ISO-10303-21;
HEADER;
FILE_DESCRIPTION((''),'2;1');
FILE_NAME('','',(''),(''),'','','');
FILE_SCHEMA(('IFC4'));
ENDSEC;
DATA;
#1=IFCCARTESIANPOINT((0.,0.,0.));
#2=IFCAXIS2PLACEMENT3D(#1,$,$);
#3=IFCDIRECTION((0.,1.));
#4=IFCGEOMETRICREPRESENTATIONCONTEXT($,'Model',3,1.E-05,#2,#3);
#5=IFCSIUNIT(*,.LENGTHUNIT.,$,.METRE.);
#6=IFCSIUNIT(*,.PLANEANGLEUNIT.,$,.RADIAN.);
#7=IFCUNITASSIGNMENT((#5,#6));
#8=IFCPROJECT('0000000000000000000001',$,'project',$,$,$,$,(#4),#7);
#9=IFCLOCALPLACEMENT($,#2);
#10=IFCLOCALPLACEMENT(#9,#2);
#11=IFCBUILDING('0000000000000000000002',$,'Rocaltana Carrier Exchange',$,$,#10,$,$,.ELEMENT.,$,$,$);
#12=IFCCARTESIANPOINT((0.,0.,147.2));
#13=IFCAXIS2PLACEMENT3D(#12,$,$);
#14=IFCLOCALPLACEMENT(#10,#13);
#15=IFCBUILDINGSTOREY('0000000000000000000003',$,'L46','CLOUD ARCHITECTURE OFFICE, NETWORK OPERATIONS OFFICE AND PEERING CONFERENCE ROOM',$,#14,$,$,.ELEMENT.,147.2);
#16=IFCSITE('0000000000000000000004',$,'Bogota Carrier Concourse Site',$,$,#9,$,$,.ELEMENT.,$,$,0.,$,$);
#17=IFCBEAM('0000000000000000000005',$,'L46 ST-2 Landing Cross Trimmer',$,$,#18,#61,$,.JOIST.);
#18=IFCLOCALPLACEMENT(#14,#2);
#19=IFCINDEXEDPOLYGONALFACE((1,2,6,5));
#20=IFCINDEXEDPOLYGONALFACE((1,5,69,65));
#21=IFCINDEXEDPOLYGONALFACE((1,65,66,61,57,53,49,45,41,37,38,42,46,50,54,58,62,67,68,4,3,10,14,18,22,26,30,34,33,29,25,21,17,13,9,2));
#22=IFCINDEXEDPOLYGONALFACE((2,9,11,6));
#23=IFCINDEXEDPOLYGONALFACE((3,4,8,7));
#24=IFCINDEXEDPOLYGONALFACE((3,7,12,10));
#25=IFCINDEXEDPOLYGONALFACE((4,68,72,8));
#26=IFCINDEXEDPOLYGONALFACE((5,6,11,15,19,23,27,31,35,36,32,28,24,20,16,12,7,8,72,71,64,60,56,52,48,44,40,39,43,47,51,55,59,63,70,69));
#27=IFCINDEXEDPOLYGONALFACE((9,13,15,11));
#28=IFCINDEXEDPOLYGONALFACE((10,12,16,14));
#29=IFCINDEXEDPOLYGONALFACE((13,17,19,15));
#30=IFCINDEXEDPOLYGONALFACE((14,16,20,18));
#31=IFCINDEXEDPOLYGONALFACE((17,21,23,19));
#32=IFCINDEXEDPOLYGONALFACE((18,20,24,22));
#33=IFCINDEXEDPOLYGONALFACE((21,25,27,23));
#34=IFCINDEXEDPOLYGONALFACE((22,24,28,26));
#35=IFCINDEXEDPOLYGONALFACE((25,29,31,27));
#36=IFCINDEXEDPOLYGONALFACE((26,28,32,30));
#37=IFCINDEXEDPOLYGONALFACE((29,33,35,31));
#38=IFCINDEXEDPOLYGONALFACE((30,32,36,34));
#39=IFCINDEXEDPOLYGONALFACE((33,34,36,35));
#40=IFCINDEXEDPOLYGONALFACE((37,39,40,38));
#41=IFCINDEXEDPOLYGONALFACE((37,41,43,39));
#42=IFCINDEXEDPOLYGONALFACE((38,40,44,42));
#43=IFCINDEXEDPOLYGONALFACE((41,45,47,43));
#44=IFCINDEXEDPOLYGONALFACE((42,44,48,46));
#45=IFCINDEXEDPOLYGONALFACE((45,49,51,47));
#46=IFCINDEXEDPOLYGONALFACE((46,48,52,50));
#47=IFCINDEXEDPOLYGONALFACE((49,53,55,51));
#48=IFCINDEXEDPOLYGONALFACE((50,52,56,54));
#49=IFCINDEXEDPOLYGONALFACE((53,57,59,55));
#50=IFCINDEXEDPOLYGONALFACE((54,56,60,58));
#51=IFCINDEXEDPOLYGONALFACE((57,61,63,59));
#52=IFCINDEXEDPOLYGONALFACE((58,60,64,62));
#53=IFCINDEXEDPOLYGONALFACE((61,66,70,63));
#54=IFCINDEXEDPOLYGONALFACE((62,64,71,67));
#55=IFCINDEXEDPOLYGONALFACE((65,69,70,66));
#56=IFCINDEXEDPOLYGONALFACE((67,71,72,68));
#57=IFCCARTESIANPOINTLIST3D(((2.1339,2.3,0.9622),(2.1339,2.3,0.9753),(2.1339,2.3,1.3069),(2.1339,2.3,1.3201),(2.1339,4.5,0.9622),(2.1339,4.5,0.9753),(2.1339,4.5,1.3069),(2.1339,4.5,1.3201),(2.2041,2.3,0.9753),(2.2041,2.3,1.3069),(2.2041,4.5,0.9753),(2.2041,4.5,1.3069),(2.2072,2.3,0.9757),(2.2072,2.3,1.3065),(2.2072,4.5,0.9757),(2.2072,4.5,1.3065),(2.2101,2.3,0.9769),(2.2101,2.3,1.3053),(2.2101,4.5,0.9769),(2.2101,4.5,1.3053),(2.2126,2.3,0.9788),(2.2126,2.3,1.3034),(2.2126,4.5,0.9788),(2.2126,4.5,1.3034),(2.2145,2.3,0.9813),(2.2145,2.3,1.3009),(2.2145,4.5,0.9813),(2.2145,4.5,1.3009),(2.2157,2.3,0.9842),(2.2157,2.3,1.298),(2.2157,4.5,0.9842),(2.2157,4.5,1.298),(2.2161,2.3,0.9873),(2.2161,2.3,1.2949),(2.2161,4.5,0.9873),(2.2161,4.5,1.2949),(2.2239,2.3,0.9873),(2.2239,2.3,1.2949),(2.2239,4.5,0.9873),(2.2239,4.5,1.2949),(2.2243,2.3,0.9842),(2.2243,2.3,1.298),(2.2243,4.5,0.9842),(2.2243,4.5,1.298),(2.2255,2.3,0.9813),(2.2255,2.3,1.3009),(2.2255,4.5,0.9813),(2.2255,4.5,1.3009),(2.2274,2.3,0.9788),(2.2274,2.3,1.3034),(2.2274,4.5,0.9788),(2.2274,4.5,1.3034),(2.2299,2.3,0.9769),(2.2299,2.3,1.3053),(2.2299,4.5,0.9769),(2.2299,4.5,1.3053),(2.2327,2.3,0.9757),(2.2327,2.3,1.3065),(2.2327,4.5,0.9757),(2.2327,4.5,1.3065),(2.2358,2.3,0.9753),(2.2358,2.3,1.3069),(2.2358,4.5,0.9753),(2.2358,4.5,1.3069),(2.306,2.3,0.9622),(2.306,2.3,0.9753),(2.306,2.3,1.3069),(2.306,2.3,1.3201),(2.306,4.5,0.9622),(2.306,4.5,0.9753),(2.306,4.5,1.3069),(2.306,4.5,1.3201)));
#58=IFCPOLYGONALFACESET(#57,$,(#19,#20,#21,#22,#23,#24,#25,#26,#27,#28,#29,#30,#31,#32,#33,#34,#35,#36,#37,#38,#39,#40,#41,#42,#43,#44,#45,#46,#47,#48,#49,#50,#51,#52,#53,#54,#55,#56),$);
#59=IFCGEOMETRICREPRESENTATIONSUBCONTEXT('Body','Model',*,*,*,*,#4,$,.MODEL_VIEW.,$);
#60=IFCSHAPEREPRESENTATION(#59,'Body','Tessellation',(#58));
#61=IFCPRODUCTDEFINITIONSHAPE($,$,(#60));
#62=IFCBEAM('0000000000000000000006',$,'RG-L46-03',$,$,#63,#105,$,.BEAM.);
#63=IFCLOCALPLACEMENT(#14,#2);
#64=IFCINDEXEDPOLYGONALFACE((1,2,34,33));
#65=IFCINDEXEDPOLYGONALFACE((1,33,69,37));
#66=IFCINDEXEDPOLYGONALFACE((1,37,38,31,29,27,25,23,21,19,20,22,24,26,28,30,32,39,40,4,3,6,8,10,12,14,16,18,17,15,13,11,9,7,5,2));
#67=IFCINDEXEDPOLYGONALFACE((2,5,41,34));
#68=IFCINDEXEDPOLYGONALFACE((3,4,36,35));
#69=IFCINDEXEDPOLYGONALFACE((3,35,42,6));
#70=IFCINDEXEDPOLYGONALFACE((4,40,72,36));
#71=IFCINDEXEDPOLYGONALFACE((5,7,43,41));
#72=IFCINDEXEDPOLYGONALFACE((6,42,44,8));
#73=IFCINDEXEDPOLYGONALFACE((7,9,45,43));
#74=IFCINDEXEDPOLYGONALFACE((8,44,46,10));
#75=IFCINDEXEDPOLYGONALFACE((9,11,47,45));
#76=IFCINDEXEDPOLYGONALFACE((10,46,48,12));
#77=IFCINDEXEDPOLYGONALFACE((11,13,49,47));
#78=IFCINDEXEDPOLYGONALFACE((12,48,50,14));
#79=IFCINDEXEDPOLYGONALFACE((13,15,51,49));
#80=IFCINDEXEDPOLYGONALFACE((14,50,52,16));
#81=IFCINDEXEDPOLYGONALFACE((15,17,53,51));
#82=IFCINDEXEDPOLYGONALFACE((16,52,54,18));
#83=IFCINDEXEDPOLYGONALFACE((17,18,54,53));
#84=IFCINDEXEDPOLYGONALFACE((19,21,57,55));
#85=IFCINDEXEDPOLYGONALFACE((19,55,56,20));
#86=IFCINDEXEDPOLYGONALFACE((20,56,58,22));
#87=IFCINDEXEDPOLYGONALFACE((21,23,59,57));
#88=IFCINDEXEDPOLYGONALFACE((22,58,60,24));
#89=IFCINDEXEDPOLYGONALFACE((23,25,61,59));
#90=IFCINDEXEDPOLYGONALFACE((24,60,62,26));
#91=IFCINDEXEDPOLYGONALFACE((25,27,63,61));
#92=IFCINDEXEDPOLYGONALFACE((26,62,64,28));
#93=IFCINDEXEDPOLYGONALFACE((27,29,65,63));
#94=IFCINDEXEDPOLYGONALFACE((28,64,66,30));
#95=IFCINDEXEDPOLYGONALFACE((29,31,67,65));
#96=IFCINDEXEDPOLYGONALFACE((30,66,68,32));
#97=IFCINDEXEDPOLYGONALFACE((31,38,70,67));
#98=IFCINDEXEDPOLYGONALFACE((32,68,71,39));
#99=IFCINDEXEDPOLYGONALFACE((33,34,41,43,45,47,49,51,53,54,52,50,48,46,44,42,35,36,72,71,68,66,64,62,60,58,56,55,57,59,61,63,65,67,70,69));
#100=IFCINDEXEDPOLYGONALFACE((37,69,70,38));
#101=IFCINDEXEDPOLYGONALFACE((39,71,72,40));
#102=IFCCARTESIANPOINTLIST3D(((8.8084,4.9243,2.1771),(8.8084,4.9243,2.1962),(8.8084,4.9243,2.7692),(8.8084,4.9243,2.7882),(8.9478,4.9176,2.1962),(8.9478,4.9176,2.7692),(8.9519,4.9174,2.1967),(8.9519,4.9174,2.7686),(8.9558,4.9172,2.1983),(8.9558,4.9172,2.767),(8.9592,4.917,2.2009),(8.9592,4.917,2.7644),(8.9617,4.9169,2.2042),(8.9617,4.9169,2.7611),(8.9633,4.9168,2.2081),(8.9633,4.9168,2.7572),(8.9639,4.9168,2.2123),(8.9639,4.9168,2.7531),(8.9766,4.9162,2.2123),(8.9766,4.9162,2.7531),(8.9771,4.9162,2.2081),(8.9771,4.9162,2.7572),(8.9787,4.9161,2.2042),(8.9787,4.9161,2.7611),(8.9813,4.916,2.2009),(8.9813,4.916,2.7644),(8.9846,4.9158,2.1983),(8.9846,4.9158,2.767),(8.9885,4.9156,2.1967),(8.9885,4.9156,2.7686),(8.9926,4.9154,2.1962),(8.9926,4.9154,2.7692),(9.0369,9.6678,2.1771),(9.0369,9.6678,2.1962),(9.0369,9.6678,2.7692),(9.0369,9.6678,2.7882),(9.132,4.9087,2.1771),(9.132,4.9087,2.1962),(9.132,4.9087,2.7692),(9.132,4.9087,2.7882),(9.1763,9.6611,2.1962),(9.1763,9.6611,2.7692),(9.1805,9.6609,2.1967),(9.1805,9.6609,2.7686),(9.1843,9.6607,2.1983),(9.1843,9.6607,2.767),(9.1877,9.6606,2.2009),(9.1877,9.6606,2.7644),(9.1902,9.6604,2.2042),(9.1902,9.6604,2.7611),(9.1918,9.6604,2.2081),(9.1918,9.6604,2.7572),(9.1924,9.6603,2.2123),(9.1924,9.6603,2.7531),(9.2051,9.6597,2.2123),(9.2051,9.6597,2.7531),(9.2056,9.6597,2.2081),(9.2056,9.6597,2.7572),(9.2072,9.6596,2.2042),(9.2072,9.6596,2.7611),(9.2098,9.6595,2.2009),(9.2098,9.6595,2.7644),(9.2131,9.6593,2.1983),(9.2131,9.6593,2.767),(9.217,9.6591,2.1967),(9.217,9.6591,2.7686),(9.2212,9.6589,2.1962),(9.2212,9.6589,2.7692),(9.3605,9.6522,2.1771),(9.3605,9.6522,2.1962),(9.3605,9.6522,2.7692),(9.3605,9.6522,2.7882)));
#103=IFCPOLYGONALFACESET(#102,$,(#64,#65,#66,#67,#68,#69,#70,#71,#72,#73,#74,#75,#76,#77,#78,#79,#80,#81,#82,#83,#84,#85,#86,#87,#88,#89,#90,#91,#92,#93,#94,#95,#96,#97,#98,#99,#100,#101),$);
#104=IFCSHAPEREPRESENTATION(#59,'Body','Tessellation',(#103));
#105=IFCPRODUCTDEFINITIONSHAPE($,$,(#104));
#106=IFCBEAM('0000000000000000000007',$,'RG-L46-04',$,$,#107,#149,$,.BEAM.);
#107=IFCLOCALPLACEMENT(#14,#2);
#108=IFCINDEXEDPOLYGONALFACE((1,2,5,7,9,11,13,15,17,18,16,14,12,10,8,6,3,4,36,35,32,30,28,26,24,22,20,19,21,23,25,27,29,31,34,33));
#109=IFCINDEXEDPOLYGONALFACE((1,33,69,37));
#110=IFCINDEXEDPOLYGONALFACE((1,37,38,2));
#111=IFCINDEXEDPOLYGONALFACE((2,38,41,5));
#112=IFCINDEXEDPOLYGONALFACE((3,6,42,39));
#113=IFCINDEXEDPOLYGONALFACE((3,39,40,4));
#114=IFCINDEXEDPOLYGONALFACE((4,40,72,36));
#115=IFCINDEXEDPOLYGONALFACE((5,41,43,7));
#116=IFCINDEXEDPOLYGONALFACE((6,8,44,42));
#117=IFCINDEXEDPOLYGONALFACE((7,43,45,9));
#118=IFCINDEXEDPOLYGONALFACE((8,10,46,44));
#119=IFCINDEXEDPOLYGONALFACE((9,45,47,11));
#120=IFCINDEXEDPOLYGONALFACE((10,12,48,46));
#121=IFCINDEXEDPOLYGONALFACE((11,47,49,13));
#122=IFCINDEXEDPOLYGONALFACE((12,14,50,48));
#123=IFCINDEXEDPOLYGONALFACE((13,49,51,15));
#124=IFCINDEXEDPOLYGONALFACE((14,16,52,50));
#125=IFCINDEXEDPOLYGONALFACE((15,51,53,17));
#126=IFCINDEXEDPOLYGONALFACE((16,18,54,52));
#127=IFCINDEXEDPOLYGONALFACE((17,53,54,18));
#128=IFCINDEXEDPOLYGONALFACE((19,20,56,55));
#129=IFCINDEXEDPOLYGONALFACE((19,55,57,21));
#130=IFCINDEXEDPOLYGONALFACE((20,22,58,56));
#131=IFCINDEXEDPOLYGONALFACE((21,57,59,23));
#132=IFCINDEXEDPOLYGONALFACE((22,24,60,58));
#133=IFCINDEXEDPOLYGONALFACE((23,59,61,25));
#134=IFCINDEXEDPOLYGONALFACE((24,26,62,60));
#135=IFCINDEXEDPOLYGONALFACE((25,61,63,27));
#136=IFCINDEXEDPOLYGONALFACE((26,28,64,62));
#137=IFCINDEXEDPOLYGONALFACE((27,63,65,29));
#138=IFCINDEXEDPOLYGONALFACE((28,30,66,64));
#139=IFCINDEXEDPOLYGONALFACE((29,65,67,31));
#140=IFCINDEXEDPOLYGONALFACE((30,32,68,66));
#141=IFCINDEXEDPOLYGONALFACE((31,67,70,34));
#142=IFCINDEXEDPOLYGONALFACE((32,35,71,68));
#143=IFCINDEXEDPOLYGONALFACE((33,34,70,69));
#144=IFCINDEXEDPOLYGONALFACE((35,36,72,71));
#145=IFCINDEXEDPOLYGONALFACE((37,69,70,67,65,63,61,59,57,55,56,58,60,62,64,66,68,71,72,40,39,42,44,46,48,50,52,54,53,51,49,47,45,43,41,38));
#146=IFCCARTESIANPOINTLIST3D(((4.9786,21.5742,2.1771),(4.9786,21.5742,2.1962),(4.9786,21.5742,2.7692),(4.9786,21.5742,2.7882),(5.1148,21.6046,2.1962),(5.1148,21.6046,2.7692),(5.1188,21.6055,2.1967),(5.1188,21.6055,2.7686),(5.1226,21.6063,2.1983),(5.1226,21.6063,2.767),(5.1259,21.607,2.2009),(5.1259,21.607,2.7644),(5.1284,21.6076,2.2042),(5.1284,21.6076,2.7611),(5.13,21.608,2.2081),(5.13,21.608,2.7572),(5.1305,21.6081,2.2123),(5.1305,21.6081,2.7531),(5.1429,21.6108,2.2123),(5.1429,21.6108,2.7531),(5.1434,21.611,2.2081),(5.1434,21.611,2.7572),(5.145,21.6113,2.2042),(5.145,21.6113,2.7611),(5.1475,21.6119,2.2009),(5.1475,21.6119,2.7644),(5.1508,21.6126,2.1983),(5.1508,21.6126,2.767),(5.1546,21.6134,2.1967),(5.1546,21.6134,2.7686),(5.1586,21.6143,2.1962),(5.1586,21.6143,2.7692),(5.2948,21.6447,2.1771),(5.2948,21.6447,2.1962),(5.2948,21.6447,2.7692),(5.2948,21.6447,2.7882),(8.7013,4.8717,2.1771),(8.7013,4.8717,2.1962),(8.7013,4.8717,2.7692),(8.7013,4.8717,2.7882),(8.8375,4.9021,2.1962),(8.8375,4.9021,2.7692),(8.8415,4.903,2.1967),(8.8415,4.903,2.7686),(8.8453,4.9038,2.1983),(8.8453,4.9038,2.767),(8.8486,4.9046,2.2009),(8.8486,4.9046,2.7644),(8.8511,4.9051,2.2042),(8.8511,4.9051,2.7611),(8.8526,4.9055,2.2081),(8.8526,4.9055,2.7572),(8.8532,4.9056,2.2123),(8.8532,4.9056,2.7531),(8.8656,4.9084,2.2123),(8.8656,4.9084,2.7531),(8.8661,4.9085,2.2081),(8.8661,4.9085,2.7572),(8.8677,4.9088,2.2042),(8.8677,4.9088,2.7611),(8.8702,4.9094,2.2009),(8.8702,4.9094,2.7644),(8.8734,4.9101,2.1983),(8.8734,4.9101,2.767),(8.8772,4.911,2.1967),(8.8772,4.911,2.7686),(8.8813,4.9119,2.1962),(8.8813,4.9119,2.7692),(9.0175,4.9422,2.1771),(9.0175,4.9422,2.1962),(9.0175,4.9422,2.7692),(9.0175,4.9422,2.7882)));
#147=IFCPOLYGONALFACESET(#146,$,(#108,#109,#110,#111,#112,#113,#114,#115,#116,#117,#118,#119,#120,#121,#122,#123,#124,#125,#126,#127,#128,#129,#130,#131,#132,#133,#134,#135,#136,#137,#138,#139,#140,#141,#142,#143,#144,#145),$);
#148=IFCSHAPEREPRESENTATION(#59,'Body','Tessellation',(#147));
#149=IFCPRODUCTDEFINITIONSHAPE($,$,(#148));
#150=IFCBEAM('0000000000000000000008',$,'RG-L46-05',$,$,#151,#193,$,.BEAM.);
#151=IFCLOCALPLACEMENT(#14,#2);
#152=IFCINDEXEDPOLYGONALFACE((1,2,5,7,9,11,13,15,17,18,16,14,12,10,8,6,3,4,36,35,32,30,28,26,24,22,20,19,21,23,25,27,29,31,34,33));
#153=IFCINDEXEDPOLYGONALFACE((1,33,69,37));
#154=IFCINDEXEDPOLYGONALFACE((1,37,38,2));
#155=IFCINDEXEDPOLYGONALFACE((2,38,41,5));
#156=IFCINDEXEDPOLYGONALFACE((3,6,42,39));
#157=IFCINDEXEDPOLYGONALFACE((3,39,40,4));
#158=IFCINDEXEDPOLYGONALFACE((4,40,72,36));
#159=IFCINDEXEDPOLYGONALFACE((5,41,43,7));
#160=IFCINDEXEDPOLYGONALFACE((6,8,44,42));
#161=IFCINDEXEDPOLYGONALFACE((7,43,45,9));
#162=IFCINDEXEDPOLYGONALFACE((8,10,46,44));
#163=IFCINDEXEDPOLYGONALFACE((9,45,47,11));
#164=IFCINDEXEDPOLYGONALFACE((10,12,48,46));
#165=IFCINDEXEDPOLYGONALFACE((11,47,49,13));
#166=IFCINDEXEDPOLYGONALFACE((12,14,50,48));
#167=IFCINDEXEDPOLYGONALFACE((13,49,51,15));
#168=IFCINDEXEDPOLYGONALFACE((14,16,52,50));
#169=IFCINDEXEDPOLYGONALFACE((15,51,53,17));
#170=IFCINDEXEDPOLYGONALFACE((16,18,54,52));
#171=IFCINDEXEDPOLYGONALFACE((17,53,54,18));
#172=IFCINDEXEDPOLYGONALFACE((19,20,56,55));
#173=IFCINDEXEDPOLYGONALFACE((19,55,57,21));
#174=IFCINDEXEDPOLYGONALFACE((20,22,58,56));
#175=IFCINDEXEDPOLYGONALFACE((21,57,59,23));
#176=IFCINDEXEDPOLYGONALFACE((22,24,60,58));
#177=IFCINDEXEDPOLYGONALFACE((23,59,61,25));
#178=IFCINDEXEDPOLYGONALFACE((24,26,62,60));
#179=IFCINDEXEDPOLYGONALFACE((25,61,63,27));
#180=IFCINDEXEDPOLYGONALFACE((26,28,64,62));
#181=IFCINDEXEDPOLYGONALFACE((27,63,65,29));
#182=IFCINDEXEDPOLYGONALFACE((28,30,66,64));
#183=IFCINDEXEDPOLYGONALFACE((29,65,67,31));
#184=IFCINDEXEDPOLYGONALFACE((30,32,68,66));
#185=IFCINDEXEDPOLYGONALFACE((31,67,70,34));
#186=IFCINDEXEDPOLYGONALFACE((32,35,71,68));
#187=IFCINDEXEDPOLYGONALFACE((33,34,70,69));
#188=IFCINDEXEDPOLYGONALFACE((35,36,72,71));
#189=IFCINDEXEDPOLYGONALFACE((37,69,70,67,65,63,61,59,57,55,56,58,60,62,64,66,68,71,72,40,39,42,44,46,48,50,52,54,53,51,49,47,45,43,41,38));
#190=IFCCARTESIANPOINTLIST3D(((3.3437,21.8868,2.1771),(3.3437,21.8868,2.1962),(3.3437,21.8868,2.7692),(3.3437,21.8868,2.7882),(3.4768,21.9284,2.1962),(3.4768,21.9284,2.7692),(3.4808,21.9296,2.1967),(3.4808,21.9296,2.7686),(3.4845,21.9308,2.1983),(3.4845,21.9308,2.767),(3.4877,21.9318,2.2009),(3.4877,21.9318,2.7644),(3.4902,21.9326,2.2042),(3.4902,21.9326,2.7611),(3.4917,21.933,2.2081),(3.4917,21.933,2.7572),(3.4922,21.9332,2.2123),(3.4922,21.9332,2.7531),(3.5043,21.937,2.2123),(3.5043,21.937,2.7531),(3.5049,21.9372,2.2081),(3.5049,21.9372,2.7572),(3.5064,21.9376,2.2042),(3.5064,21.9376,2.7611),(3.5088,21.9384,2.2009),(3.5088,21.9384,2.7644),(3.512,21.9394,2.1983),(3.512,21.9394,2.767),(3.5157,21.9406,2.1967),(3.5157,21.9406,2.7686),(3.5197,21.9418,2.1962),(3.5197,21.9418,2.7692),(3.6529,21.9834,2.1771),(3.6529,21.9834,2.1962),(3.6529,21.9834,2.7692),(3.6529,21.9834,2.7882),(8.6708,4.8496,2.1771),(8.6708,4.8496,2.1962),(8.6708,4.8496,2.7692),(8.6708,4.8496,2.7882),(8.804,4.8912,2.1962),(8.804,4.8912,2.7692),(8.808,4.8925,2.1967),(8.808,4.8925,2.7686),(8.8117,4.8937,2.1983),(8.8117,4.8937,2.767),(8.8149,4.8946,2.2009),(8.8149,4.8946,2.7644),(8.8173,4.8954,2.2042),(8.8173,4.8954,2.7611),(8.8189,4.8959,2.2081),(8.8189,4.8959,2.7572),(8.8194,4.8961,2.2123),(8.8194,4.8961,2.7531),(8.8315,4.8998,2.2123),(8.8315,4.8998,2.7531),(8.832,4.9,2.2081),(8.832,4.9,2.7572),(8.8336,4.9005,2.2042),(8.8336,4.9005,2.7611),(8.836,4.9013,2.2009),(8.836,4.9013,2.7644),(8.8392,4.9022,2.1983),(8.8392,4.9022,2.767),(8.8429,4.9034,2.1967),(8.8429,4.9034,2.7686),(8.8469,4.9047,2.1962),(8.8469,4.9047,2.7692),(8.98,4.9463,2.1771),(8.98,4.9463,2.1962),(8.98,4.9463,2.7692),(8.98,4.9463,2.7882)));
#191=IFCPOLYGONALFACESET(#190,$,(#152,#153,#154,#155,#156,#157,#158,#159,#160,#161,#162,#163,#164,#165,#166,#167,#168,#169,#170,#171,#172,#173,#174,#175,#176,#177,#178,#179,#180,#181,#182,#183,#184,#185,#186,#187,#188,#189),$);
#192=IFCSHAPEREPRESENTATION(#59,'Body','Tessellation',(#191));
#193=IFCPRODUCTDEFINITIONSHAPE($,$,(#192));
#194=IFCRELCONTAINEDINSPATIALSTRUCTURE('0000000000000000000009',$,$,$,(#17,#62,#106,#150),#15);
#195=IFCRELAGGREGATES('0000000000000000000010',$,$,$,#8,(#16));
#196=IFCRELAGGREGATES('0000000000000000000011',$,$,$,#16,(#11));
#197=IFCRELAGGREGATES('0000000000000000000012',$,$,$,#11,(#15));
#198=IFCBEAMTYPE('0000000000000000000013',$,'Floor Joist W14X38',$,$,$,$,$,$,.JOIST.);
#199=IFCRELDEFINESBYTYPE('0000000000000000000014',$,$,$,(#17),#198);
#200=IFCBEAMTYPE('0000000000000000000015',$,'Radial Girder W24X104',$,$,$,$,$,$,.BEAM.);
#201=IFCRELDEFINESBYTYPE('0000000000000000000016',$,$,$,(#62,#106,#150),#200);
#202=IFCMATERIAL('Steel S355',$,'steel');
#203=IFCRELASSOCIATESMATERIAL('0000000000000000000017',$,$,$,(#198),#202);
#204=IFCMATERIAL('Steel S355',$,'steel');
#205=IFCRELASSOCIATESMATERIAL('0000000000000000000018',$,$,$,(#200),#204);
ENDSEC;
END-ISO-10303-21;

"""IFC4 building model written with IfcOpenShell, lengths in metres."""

from ifc_helpers import new_model, si_unit, direction, frame, origin, origin_2d, place, context, subcontext, project, spatial, i_section, extrude, material, material_profile, profile_set, type_object, element, save


model = new_model("IFC4")

# Units and contexts
model_context = context("Model", 3, precision=1e-05, world=origin(), true_north=direction((0.0, 1.0)))
body_context = subcontext(model_context, "Body", "Model", "MODEL_VIEW")
ifc_project = project(units=[si_unit("LENGTHUNIT", "METRE"), si_unit("PLANEANGLEUNIT", "RADIAN")], contexts=[model_context])

# Site, building, storey
site_placement = place(None, origin())
site = spatial("IfcSite", under=ifc_project, at=site_placement, Name="Bogota Carrier Concourse Site", CompositionType="ELEMENT", RefElevation=0.0)
building_placement = place(site_placement, origin())
building = spatial("IfcBuilding", under=site, at=building_placement, Name="Rocaltana Carrier Exchange", CompositionType="ELEMENT")
storey_placement = place(building_placement, frame((0.0, 0.0, 147.2)))
storey = spatial("IfcBuildingStorey", under=building, at=storey_placement, Name="L46", Description="CLOUD ARCHITECTURE OFFICE, NETWORK OPERATIONS OFFICE AND PEERING CONFERENCE ROOM", CompositionType="ELEMENT", Elevation=147.2)

# Beams
ifc_material_1 = material(Name="Steel S355", Category="steel")
ifc_material_profile_1 = material_profile(ifc_material_1, i_section(OverallWidth=0.1721, OverallDepth=0.3579, WebThickness=0.0078, FlangeThickness=0.0132, FilletRadius=0.012, at=origin_2d()), Name="W14X38")
ifc_profile_set_1 = profile_set([ifc_material_profile_1], Name="Steel S355")
beam_type_1 = type_object("IfcBeamType", Name="Floor Joist W14X38", PredefinedType="JOIST", material=ifc_profile_set_1)
beam_1_placement = place(storey_placement, frame((2.22, 2.3, 1.1411), z_axis=(0.0, 1.0, 0.0), x_axis=(-1.0, 0.0, 0.0)))
element("IfcBeam", 1, at=beam_1_placement, inside=storey, type_object=beam_type_1, Name="L46 ST-2 Landing Cross Trimmer", PredefinedType="JOIST", context=body_context, shape_type="SweptSolid", body=[
    extrude(i_section(OverallWidth=0.1721, OverallDepth=0.3579, WebThickness=0.0078, FlangeThickness=0.0132, FilletRadius=0.012, at=origin_2d()), origin(), (0.0, 0.0, 1.0), 2.2),
])
ifc_material_2 = material(Name="Steel S355", Category="steel")
ifc_material_profile_2 = material_profile(ifc_material_2, i_section(OverallWidth=0.324, OverallDepth=0.6111, WebThickness=0.0127, FlangeThickness=0.019, FilletRadius=0.0161, at=origin_2d()), Name="W24X104")
ifc_profile_set_2 = profile_set([ifc_material_profile_2], Name="Steel S355")
beam_type_2 = type_object("IfcBeamType", Name="Radial Girder W24X104", PredefinedType="BEAM", material=ifc_profile_set_2)
beam_2_placement = place(storey_placement, frame((8.9702, 4.9165, 2.4827), z_axis=(0.04812, 0.998842, 0.0), x_axis=(-0.998842, 0.04812, 0.0)))
element("IfcBeam", 2, at=beam_2_placement, inside=storey, type_object=beam_type_2, Name="RG-L46-03", PredefinedType="BEAM", context=body_context, shape_type="SweptSolid", body=[
    extrude(i_section(OverallWidth=0.324, OverallDepth=0.6111, WebThickness=0.0127, FlangeThickness=0.019, FilletRadius=0.0161, at=origin_2d()), origin(), (0.0, 0.0, 1.0), 4.749),
])
beam_3_placement = place(storey_placement, frame((8.8594, 4.907, 2.4827), z_axis=(-0.217544, 0.976051, 0.0), x_axis=(-0.976051, -0.217544, 0.0)))
element("IfcBeam", 3, at=beam_3_placement, inside=storey, type_object=beam_type_2, Name="RG-L46-04", PredefinedType="BEAM", context=body_context, shape_type="SweptSolid", body=[
    extrude(i_section(OverallWidth=0.324, OverallDepth=0.6111, WebThickness=0.0127, FlangeThickness=0.019, FilletRadius=0.0161, at=origin_2d()), origin(), (0.0, 0.0, 1.0), 17.1123),
])
beam_4_placement = place(storey_placement, frame((8.8254, 4.8979, 2.4827), z_axis=(-0.298431, 0.954431, 0.0), x_axis=(-0.954431, -0.298431, 0.0)))
element("IfcBeam", 4, at=beam_4_placement, inside=storey, type_object=beam_type_2, Name="RG-L46-05", PredefinedType="BEAM", context=body_context, shape_type="SweptSolid", body=[
    extrude(i_section(OverallWidth=0.324, OverallDepth=0.6111, WebThickness=0.0127, FlangeThickness=0.019, FilletRadius=0.0161, at=origin_2d()), origin(), (0.0, 0.0, 1.0), 17.8506),
])

save(model, "model.ifc")
